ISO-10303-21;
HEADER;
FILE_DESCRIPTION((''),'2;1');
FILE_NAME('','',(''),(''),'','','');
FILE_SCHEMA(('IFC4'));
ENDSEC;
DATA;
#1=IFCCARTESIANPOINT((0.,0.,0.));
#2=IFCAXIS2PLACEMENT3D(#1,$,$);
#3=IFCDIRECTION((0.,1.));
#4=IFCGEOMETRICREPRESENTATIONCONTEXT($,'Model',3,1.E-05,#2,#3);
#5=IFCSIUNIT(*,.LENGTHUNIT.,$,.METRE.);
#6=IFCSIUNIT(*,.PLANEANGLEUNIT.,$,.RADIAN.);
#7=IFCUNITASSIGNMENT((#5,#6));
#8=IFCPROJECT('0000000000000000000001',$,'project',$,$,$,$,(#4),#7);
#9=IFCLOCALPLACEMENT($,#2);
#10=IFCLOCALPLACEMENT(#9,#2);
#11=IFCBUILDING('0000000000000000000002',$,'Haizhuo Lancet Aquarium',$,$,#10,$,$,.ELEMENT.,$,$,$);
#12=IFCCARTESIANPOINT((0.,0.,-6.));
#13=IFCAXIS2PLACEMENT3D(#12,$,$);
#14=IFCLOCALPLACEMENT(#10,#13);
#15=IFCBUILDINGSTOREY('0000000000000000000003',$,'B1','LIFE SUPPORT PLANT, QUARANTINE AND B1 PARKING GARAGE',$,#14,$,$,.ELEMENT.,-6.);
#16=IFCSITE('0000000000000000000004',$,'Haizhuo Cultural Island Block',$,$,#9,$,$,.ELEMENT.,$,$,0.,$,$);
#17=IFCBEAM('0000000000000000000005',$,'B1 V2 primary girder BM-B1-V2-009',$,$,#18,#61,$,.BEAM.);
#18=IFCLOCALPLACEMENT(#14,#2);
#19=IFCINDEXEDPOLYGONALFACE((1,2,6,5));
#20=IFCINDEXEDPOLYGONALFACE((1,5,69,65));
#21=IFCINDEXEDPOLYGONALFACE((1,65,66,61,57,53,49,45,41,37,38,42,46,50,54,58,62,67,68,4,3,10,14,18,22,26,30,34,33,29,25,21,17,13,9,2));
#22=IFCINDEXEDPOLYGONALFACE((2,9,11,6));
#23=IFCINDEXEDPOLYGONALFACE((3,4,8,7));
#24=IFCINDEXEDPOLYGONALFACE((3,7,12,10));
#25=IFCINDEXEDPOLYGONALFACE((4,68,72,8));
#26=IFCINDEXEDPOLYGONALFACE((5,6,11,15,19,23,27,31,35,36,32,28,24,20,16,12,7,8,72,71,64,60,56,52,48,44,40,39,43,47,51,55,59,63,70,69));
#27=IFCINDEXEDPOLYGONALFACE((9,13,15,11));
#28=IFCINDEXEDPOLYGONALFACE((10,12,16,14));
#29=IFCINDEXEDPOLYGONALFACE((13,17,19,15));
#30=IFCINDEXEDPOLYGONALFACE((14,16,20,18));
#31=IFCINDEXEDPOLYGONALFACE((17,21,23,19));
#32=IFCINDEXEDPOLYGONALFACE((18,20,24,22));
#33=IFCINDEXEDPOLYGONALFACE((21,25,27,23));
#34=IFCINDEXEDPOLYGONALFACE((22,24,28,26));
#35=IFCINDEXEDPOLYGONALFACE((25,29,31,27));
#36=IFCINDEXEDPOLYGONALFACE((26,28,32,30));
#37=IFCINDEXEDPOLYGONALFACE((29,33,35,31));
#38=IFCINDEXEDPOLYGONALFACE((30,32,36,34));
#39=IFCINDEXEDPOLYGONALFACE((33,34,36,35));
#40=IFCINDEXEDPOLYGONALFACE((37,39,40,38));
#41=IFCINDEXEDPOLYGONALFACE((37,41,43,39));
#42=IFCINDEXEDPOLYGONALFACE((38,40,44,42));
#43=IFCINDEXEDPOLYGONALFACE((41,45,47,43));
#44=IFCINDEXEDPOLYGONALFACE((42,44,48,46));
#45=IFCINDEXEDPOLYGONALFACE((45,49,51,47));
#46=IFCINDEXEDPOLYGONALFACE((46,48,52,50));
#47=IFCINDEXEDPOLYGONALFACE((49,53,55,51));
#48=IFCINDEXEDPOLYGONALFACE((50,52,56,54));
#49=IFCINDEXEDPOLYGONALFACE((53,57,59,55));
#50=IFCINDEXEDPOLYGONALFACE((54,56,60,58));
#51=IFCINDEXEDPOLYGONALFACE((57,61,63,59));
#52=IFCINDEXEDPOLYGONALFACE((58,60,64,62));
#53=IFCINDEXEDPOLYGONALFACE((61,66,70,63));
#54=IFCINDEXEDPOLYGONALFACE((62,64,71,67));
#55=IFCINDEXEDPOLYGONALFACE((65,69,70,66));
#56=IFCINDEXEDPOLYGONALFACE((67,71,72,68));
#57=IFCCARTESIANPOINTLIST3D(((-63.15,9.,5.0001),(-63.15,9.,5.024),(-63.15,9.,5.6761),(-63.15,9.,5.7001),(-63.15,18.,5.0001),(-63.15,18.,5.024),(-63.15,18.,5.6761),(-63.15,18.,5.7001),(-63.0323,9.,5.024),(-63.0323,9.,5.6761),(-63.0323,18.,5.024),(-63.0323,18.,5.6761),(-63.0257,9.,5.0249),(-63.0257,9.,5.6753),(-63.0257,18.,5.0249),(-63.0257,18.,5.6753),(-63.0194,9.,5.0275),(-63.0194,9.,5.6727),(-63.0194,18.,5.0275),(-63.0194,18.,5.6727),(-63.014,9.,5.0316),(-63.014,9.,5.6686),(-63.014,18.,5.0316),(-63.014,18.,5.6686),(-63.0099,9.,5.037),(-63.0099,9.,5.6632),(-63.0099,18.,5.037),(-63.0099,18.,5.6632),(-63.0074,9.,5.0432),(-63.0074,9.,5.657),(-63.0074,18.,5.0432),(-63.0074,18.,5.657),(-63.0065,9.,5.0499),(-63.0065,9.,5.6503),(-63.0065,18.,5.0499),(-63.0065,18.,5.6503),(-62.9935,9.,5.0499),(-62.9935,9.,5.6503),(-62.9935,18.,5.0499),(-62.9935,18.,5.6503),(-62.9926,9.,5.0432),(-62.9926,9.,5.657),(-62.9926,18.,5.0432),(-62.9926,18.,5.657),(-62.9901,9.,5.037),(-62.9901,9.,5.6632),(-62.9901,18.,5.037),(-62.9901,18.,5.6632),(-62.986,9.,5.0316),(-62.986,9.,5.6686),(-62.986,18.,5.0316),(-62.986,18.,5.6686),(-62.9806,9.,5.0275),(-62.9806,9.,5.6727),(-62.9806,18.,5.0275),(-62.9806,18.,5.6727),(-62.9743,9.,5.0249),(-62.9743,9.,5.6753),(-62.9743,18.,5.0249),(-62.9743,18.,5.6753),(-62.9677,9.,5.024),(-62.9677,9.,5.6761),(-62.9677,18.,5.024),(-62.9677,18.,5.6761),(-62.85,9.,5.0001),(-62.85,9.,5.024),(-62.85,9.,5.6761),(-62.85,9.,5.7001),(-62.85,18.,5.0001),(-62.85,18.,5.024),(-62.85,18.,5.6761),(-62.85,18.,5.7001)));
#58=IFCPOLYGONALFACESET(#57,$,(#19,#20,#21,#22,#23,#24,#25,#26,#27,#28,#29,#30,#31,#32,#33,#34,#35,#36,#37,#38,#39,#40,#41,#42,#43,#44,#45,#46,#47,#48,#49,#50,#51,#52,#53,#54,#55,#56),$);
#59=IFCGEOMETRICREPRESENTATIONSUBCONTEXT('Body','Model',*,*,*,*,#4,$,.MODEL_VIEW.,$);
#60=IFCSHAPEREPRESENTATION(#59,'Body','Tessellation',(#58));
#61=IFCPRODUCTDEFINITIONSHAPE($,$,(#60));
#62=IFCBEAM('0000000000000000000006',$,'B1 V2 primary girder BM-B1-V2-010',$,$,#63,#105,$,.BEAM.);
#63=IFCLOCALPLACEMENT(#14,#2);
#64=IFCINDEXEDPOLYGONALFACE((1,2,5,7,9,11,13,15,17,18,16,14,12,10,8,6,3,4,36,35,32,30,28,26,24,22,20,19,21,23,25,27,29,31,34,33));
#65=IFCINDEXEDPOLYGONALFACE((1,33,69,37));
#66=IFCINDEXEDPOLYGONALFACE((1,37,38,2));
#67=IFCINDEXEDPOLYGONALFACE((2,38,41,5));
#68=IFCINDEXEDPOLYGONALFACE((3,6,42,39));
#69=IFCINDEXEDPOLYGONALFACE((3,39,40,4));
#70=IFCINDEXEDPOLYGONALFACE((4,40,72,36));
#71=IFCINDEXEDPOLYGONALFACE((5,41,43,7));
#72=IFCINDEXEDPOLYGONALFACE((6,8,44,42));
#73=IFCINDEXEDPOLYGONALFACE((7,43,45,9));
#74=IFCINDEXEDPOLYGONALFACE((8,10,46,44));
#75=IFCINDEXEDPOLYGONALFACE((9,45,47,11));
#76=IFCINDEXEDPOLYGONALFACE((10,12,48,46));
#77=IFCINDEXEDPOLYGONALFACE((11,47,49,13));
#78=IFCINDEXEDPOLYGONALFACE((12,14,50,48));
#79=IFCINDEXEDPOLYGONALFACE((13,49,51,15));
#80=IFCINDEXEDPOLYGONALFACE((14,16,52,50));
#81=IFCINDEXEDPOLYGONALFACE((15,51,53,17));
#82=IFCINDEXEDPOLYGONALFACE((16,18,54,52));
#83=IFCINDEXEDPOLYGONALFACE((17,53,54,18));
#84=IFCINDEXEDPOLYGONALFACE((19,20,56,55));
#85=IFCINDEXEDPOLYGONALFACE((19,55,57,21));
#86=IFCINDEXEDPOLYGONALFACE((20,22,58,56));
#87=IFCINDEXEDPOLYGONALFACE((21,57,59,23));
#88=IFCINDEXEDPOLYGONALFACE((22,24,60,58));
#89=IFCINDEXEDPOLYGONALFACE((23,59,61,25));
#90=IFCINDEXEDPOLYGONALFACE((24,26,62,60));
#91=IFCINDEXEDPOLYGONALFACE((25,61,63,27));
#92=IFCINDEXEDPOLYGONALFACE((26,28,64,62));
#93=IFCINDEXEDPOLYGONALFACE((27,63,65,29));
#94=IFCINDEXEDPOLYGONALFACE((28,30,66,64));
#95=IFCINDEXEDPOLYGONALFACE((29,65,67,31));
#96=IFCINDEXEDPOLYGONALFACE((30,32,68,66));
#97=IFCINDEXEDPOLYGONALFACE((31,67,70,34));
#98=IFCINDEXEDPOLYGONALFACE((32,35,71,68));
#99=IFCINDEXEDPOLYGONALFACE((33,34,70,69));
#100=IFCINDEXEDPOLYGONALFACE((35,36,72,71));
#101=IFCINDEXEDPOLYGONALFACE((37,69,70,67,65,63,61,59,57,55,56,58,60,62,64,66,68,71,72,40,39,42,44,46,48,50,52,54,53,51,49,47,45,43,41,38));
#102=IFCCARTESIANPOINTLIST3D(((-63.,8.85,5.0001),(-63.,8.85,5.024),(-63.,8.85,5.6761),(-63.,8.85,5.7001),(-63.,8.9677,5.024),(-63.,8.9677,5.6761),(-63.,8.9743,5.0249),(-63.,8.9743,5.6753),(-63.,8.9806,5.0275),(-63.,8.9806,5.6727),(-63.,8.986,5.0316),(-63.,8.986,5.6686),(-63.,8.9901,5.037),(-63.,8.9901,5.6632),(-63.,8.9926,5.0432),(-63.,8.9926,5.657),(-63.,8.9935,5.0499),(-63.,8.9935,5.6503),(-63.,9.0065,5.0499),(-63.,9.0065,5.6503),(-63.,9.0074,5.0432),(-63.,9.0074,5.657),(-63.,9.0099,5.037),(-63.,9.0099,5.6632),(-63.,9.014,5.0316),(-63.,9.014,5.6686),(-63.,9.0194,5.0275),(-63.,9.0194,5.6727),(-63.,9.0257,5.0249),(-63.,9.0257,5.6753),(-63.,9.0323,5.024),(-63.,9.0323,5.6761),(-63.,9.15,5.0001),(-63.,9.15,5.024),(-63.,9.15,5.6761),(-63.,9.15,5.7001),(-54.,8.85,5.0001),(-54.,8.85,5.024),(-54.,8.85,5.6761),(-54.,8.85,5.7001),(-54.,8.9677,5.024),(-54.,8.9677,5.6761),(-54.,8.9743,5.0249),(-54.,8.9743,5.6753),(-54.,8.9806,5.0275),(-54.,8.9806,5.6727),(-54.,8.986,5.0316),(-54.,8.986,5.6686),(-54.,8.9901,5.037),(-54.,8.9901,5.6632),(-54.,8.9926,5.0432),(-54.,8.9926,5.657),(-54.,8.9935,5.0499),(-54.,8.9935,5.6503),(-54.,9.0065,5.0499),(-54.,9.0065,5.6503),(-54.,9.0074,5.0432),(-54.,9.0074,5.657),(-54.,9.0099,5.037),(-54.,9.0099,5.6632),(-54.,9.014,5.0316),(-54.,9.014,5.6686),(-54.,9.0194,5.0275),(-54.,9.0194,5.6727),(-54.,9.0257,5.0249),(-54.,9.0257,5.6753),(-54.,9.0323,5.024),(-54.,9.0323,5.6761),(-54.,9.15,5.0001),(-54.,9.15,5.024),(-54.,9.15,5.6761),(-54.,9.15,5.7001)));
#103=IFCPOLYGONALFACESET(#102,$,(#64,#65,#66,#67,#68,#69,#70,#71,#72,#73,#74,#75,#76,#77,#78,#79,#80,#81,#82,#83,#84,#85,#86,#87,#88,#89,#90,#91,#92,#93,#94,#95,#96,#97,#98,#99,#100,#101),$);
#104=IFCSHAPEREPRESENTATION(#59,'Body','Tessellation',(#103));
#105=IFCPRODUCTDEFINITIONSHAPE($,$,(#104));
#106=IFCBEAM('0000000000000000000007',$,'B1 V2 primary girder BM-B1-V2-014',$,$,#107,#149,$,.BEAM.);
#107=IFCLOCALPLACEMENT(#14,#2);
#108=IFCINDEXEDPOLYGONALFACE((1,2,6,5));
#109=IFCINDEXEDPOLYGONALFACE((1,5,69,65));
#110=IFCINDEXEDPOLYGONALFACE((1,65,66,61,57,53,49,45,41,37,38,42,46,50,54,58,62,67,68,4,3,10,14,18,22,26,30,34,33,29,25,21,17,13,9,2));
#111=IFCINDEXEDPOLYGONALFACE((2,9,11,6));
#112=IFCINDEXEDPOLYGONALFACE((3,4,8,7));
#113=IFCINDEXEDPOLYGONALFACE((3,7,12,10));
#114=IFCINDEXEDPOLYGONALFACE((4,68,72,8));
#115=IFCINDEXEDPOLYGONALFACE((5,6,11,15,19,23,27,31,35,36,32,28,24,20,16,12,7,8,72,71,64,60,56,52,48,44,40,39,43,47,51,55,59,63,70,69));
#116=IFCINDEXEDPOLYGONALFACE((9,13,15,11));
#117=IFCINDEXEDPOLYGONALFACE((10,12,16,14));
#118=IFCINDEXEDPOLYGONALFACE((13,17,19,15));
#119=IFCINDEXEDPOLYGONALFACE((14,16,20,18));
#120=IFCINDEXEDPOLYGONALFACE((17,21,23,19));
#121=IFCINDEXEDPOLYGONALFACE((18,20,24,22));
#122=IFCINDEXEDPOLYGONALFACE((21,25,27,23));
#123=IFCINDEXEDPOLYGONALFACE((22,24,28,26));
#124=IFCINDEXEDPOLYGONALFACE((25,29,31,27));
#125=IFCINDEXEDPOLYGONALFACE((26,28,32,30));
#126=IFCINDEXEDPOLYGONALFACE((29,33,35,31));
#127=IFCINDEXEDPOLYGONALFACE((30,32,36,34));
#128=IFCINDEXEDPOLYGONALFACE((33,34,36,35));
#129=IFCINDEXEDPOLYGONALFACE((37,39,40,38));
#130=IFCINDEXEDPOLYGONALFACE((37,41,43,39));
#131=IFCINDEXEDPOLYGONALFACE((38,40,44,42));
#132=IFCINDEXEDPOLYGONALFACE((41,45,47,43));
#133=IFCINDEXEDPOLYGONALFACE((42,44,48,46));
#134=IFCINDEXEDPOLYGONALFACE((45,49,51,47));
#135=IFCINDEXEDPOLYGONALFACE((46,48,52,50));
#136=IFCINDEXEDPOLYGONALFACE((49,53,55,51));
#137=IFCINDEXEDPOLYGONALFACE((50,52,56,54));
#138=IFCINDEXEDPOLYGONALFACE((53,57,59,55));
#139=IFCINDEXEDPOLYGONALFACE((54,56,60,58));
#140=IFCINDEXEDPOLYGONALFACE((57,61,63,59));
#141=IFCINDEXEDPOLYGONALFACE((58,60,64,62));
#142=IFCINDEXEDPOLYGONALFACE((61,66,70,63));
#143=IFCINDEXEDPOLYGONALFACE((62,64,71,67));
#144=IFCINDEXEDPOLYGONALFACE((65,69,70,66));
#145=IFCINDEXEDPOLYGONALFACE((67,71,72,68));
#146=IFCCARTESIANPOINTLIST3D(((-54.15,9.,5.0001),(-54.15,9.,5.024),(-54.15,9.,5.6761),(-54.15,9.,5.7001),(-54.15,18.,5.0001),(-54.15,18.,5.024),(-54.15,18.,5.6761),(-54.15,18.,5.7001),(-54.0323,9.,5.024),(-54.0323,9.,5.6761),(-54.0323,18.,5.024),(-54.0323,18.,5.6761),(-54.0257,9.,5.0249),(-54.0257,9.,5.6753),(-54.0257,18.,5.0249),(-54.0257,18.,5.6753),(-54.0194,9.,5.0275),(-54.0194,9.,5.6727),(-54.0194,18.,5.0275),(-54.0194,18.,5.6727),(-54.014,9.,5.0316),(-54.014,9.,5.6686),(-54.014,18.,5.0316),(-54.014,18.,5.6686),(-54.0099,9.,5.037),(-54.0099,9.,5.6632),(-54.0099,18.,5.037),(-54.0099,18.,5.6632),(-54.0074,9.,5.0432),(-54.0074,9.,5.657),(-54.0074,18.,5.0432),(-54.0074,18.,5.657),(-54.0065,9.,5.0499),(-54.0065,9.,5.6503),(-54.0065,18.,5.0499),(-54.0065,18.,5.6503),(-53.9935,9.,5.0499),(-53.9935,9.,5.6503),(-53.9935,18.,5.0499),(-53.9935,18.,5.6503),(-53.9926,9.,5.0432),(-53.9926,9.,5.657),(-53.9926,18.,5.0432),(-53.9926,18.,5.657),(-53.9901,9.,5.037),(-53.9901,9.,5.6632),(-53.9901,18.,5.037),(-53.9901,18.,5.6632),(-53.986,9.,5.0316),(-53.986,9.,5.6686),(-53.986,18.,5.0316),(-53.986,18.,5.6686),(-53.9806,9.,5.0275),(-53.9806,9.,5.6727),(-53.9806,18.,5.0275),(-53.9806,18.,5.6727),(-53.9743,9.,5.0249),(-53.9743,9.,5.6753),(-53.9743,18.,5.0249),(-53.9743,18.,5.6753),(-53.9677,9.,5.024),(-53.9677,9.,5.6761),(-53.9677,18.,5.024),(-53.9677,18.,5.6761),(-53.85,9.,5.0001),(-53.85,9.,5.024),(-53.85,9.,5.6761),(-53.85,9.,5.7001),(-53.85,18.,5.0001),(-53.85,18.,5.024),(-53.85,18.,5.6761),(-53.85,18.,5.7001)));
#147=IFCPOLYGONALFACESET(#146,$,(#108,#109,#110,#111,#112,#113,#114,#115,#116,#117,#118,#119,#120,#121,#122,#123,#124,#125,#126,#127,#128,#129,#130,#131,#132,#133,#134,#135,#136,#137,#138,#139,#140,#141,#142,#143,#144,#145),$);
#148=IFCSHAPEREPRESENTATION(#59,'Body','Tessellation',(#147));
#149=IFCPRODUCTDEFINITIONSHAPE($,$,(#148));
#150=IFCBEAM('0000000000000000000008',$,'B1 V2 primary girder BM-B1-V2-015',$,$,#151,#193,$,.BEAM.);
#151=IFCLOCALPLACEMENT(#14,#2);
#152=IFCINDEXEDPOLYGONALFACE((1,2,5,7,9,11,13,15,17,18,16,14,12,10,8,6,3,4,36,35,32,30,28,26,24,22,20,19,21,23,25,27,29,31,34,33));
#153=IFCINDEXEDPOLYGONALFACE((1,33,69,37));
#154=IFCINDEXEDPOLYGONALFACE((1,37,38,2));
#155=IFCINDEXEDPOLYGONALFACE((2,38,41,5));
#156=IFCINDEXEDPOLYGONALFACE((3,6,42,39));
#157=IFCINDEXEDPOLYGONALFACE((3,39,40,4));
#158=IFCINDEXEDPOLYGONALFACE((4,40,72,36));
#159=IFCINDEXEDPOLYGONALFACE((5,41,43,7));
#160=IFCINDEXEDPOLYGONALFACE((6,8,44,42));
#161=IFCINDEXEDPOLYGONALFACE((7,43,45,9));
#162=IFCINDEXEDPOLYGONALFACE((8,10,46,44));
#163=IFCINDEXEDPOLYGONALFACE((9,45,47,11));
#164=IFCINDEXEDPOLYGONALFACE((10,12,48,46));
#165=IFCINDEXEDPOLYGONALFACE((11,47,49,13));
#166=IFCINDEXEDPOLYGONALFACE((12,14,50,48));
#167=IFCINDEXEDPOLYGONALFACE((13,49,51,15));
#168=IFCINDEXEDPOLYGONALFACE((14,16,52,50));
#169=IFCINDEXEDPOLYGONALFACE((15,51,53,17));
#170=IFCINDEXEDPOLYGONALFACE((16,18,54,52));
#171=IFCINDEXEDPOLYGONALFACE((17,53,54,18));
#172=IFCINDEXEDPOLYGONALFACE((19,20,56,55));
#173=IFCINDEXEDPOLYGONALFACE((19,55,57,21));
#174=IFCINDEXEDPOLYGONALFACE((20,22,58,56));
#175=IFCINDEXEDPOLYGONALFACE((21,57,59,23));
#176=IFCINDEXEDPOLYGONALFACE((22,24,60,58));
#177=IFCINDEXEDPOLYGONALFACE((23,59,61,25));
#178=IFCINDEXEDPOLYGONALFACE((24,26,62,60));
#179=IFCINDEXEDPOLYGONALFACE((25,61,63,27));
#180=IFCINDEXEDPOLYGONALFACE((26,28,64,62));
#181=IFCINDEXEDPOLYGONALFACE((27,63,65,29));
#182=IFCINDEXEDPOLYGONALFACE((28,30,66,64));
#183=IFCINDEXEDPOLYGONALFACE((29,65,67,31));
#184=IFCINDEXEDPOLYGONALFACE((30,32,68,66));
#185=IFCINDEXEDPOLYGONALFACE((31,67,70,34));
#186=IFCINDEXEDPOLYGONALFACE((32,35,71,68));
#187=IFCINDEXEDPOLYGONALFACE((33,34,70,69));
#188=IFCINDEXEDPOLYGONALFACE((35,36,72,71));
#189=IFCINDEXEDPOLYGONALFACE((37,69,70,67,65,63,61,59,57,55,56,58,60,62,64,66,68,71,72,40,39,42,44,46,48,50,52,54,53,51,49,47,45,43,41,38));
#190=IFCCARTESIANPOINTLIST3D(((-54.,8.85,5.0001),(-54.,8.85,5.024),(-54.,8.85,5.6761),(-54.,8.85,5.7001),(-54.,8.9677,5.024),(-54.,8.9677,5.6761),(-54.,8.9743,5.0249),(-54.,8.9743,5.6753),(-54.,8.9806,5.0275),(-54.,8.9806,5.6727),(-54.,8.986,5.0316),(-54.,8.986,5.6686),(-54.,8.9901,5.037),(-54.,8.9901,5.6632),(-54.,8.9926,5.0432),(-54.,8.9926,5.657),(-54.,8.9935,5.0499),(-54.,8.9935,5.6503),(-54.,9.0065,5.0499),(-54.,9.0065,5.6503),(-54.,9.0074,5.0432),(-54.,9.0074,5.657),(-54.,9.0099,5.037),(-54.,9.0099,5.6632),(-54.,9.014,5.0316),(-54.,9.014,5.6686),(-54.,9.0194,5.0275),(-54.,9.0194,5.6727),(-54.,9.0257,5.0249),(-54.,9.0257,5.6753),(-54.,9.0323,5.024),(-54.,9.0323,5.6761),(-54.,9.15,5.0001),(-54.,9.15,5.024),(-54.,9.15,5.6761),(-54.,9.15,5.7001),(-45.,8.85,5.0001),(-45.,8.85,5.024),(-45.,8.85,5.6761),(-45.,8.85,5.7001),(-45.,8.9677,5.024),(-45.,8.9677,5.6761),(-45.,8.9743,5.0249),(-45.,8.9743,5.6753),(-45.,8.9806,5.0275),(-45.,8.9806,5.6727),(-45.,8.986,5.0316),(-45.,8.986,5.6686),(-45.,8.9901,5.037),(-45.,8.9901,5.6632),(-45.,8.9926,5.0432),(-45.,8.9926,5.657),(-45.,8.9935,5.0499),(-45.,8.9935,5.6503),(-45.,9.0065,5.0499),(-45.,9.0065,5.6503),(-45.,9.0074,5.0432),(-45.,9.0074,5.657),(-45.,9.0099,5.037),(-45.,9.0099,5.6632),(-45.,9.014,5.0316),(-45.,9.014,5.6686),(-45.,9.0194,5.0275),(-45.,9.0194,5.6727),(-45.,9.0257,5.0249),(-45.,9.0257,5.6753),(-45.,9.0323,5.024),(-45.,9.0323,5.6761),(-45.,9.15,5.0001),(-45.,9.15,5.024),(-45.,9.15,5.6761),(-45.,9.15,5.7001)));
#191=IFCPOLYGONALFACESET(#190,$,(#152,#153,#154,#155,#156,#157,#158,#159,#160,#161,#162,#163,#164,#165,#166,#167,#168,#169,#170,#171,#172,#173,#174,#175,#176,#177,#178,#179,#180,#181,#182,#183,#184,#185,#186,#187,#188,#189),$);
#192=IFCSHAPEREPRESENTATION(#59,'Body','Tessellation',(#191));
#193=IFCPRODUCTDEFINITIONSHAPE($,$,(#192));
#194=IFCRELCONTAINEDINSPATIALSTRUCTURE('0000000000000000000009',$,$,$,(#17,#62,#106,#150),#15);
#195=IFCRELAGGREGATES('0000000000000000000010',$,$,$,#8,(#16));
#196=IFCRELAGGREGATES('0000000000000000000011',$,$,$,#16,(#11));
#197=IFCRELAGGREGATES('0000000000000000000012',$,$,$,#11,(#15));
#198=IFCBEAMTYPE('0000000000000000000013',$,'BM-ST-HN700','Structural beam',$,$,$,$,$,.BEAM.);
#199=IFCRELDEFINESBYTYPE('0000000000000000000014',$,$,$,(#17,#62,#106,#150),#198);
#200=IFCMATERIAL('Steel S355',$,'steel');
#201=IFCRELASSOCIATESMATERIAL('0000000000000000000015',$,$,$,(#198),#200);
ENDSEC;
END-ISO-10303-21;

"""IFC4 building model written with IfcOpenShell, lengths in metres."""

from ifc_helpers import new_model, si_unit, direction, frame, origin, origin_2d, place, context, subcontext, project, spatial, i_section, extrude, material, material_profile, profile_set, type_object, element, save


model = new_model("IFC4")

# Units and contexts
model_context = context("Model", 3, precision=1e-05, world=origin(), true_north=direction((0.0, 1.0)))
body_context = subcontext(model_context, "Body", "Model", "MODEL_VIEW")
ifc_project = project(units=[si_unit("LENGTHUNIT", "METRE"), si_unit("PLANEANGLEUNIT", "RADIAN")], contexts=[model_context])

# Site, building, storey
site_placement = place(None, origin())
site = spatial("IfcSite", under=ifc_project, at=site_placement, Name="Haizhuo Cultural Island Block", CompositionType="ELEMENT", RefElevation=0.0)
building_placement = place(site_placement, origin())
building = spatial("IfcBuilding", under=site, at=building_placement, Name="Haizhuo Lancet Aquarium", CompositionType="ELEMENT")
storey_placement = place(building_placement, frame((0.0, 0.0, -6.0)))
storey = spatial("IfcBuildingStorey", under=building, at=storey_placement, Name="B1", Description="LIFE SUPPORT PLANT, QUARANTINE AND B1 PARKING GARAGE", CompositionType="ELEMENT", Elevation=-6.0)

# Beams
ifc_material_1 = material(Name="Steel S355", Category="steel")
ifc_material_profile_1 = material_profile(ifc_material_1, i_section(OverallWidth=0.3, OverallDepth=0.7, WebThickness=0.0129, FlangeThickness=0.0239, FilletRadius=0.0259, at=origin_2d()), Name="HN 700x300x13x24")
ifc_profile_set_1 = profile_set([ifc_material_profile_1], Name="Steel S355")
beam_type_1 = type_object("IfcBeamType", Name="BM-ST-HN700", Description="Structural beam", PredefinedType="BEAM", material=ifc_profile_set_1)
for number, where, z_axis, x_axis, name in (
    (1, (-63.0, 9.0, 5.3501), (0.0, 1.0, 0.0), (-1.0, 0.0, 0.0), "B1 V2 primary girder BM-B1-V2-009"),
    (2, (-63.0, 9.0, 5.3501), (1.0, 0.0, 0.0), (0.0, 1.0, 0.0), "B1 V2 primary girder BM-B1-V2-010"),
    (3, (-54.0, 9.0, 5.3501), (0.0, 1.0, 0.0), (-1.0, 0.0, 0.0), "B1 V2 primary girder BM-B1-V2-014"),
    (4, (-54.0, 9.0, 5.3501), (1.0, 0.0, 0.0), (0.0, 1.0, 0.0), "B1 V2 primary girder BM-B1-V2-015"),
):
    element("IfcBeam", number, at=place(storey_placement, frame(where, z_axis=z_axis, x_axis=x_axis)), inside=storey, type_object=beam_type_1, Name=name, PredefinedType="BEAM", context=body_context, shape_type="SweptSolid", body=[
        extrude(i_section(OverallWidth=0.3, OverallDepth=0.7, WebThickness=0.0129, FlangeThickness=0.0239, FilletRadius=0.0259, at=origin_2d()), origin(), (0.0, 0.0, 1.0), 9.0),
    ])

save(model, "model.ifc")
